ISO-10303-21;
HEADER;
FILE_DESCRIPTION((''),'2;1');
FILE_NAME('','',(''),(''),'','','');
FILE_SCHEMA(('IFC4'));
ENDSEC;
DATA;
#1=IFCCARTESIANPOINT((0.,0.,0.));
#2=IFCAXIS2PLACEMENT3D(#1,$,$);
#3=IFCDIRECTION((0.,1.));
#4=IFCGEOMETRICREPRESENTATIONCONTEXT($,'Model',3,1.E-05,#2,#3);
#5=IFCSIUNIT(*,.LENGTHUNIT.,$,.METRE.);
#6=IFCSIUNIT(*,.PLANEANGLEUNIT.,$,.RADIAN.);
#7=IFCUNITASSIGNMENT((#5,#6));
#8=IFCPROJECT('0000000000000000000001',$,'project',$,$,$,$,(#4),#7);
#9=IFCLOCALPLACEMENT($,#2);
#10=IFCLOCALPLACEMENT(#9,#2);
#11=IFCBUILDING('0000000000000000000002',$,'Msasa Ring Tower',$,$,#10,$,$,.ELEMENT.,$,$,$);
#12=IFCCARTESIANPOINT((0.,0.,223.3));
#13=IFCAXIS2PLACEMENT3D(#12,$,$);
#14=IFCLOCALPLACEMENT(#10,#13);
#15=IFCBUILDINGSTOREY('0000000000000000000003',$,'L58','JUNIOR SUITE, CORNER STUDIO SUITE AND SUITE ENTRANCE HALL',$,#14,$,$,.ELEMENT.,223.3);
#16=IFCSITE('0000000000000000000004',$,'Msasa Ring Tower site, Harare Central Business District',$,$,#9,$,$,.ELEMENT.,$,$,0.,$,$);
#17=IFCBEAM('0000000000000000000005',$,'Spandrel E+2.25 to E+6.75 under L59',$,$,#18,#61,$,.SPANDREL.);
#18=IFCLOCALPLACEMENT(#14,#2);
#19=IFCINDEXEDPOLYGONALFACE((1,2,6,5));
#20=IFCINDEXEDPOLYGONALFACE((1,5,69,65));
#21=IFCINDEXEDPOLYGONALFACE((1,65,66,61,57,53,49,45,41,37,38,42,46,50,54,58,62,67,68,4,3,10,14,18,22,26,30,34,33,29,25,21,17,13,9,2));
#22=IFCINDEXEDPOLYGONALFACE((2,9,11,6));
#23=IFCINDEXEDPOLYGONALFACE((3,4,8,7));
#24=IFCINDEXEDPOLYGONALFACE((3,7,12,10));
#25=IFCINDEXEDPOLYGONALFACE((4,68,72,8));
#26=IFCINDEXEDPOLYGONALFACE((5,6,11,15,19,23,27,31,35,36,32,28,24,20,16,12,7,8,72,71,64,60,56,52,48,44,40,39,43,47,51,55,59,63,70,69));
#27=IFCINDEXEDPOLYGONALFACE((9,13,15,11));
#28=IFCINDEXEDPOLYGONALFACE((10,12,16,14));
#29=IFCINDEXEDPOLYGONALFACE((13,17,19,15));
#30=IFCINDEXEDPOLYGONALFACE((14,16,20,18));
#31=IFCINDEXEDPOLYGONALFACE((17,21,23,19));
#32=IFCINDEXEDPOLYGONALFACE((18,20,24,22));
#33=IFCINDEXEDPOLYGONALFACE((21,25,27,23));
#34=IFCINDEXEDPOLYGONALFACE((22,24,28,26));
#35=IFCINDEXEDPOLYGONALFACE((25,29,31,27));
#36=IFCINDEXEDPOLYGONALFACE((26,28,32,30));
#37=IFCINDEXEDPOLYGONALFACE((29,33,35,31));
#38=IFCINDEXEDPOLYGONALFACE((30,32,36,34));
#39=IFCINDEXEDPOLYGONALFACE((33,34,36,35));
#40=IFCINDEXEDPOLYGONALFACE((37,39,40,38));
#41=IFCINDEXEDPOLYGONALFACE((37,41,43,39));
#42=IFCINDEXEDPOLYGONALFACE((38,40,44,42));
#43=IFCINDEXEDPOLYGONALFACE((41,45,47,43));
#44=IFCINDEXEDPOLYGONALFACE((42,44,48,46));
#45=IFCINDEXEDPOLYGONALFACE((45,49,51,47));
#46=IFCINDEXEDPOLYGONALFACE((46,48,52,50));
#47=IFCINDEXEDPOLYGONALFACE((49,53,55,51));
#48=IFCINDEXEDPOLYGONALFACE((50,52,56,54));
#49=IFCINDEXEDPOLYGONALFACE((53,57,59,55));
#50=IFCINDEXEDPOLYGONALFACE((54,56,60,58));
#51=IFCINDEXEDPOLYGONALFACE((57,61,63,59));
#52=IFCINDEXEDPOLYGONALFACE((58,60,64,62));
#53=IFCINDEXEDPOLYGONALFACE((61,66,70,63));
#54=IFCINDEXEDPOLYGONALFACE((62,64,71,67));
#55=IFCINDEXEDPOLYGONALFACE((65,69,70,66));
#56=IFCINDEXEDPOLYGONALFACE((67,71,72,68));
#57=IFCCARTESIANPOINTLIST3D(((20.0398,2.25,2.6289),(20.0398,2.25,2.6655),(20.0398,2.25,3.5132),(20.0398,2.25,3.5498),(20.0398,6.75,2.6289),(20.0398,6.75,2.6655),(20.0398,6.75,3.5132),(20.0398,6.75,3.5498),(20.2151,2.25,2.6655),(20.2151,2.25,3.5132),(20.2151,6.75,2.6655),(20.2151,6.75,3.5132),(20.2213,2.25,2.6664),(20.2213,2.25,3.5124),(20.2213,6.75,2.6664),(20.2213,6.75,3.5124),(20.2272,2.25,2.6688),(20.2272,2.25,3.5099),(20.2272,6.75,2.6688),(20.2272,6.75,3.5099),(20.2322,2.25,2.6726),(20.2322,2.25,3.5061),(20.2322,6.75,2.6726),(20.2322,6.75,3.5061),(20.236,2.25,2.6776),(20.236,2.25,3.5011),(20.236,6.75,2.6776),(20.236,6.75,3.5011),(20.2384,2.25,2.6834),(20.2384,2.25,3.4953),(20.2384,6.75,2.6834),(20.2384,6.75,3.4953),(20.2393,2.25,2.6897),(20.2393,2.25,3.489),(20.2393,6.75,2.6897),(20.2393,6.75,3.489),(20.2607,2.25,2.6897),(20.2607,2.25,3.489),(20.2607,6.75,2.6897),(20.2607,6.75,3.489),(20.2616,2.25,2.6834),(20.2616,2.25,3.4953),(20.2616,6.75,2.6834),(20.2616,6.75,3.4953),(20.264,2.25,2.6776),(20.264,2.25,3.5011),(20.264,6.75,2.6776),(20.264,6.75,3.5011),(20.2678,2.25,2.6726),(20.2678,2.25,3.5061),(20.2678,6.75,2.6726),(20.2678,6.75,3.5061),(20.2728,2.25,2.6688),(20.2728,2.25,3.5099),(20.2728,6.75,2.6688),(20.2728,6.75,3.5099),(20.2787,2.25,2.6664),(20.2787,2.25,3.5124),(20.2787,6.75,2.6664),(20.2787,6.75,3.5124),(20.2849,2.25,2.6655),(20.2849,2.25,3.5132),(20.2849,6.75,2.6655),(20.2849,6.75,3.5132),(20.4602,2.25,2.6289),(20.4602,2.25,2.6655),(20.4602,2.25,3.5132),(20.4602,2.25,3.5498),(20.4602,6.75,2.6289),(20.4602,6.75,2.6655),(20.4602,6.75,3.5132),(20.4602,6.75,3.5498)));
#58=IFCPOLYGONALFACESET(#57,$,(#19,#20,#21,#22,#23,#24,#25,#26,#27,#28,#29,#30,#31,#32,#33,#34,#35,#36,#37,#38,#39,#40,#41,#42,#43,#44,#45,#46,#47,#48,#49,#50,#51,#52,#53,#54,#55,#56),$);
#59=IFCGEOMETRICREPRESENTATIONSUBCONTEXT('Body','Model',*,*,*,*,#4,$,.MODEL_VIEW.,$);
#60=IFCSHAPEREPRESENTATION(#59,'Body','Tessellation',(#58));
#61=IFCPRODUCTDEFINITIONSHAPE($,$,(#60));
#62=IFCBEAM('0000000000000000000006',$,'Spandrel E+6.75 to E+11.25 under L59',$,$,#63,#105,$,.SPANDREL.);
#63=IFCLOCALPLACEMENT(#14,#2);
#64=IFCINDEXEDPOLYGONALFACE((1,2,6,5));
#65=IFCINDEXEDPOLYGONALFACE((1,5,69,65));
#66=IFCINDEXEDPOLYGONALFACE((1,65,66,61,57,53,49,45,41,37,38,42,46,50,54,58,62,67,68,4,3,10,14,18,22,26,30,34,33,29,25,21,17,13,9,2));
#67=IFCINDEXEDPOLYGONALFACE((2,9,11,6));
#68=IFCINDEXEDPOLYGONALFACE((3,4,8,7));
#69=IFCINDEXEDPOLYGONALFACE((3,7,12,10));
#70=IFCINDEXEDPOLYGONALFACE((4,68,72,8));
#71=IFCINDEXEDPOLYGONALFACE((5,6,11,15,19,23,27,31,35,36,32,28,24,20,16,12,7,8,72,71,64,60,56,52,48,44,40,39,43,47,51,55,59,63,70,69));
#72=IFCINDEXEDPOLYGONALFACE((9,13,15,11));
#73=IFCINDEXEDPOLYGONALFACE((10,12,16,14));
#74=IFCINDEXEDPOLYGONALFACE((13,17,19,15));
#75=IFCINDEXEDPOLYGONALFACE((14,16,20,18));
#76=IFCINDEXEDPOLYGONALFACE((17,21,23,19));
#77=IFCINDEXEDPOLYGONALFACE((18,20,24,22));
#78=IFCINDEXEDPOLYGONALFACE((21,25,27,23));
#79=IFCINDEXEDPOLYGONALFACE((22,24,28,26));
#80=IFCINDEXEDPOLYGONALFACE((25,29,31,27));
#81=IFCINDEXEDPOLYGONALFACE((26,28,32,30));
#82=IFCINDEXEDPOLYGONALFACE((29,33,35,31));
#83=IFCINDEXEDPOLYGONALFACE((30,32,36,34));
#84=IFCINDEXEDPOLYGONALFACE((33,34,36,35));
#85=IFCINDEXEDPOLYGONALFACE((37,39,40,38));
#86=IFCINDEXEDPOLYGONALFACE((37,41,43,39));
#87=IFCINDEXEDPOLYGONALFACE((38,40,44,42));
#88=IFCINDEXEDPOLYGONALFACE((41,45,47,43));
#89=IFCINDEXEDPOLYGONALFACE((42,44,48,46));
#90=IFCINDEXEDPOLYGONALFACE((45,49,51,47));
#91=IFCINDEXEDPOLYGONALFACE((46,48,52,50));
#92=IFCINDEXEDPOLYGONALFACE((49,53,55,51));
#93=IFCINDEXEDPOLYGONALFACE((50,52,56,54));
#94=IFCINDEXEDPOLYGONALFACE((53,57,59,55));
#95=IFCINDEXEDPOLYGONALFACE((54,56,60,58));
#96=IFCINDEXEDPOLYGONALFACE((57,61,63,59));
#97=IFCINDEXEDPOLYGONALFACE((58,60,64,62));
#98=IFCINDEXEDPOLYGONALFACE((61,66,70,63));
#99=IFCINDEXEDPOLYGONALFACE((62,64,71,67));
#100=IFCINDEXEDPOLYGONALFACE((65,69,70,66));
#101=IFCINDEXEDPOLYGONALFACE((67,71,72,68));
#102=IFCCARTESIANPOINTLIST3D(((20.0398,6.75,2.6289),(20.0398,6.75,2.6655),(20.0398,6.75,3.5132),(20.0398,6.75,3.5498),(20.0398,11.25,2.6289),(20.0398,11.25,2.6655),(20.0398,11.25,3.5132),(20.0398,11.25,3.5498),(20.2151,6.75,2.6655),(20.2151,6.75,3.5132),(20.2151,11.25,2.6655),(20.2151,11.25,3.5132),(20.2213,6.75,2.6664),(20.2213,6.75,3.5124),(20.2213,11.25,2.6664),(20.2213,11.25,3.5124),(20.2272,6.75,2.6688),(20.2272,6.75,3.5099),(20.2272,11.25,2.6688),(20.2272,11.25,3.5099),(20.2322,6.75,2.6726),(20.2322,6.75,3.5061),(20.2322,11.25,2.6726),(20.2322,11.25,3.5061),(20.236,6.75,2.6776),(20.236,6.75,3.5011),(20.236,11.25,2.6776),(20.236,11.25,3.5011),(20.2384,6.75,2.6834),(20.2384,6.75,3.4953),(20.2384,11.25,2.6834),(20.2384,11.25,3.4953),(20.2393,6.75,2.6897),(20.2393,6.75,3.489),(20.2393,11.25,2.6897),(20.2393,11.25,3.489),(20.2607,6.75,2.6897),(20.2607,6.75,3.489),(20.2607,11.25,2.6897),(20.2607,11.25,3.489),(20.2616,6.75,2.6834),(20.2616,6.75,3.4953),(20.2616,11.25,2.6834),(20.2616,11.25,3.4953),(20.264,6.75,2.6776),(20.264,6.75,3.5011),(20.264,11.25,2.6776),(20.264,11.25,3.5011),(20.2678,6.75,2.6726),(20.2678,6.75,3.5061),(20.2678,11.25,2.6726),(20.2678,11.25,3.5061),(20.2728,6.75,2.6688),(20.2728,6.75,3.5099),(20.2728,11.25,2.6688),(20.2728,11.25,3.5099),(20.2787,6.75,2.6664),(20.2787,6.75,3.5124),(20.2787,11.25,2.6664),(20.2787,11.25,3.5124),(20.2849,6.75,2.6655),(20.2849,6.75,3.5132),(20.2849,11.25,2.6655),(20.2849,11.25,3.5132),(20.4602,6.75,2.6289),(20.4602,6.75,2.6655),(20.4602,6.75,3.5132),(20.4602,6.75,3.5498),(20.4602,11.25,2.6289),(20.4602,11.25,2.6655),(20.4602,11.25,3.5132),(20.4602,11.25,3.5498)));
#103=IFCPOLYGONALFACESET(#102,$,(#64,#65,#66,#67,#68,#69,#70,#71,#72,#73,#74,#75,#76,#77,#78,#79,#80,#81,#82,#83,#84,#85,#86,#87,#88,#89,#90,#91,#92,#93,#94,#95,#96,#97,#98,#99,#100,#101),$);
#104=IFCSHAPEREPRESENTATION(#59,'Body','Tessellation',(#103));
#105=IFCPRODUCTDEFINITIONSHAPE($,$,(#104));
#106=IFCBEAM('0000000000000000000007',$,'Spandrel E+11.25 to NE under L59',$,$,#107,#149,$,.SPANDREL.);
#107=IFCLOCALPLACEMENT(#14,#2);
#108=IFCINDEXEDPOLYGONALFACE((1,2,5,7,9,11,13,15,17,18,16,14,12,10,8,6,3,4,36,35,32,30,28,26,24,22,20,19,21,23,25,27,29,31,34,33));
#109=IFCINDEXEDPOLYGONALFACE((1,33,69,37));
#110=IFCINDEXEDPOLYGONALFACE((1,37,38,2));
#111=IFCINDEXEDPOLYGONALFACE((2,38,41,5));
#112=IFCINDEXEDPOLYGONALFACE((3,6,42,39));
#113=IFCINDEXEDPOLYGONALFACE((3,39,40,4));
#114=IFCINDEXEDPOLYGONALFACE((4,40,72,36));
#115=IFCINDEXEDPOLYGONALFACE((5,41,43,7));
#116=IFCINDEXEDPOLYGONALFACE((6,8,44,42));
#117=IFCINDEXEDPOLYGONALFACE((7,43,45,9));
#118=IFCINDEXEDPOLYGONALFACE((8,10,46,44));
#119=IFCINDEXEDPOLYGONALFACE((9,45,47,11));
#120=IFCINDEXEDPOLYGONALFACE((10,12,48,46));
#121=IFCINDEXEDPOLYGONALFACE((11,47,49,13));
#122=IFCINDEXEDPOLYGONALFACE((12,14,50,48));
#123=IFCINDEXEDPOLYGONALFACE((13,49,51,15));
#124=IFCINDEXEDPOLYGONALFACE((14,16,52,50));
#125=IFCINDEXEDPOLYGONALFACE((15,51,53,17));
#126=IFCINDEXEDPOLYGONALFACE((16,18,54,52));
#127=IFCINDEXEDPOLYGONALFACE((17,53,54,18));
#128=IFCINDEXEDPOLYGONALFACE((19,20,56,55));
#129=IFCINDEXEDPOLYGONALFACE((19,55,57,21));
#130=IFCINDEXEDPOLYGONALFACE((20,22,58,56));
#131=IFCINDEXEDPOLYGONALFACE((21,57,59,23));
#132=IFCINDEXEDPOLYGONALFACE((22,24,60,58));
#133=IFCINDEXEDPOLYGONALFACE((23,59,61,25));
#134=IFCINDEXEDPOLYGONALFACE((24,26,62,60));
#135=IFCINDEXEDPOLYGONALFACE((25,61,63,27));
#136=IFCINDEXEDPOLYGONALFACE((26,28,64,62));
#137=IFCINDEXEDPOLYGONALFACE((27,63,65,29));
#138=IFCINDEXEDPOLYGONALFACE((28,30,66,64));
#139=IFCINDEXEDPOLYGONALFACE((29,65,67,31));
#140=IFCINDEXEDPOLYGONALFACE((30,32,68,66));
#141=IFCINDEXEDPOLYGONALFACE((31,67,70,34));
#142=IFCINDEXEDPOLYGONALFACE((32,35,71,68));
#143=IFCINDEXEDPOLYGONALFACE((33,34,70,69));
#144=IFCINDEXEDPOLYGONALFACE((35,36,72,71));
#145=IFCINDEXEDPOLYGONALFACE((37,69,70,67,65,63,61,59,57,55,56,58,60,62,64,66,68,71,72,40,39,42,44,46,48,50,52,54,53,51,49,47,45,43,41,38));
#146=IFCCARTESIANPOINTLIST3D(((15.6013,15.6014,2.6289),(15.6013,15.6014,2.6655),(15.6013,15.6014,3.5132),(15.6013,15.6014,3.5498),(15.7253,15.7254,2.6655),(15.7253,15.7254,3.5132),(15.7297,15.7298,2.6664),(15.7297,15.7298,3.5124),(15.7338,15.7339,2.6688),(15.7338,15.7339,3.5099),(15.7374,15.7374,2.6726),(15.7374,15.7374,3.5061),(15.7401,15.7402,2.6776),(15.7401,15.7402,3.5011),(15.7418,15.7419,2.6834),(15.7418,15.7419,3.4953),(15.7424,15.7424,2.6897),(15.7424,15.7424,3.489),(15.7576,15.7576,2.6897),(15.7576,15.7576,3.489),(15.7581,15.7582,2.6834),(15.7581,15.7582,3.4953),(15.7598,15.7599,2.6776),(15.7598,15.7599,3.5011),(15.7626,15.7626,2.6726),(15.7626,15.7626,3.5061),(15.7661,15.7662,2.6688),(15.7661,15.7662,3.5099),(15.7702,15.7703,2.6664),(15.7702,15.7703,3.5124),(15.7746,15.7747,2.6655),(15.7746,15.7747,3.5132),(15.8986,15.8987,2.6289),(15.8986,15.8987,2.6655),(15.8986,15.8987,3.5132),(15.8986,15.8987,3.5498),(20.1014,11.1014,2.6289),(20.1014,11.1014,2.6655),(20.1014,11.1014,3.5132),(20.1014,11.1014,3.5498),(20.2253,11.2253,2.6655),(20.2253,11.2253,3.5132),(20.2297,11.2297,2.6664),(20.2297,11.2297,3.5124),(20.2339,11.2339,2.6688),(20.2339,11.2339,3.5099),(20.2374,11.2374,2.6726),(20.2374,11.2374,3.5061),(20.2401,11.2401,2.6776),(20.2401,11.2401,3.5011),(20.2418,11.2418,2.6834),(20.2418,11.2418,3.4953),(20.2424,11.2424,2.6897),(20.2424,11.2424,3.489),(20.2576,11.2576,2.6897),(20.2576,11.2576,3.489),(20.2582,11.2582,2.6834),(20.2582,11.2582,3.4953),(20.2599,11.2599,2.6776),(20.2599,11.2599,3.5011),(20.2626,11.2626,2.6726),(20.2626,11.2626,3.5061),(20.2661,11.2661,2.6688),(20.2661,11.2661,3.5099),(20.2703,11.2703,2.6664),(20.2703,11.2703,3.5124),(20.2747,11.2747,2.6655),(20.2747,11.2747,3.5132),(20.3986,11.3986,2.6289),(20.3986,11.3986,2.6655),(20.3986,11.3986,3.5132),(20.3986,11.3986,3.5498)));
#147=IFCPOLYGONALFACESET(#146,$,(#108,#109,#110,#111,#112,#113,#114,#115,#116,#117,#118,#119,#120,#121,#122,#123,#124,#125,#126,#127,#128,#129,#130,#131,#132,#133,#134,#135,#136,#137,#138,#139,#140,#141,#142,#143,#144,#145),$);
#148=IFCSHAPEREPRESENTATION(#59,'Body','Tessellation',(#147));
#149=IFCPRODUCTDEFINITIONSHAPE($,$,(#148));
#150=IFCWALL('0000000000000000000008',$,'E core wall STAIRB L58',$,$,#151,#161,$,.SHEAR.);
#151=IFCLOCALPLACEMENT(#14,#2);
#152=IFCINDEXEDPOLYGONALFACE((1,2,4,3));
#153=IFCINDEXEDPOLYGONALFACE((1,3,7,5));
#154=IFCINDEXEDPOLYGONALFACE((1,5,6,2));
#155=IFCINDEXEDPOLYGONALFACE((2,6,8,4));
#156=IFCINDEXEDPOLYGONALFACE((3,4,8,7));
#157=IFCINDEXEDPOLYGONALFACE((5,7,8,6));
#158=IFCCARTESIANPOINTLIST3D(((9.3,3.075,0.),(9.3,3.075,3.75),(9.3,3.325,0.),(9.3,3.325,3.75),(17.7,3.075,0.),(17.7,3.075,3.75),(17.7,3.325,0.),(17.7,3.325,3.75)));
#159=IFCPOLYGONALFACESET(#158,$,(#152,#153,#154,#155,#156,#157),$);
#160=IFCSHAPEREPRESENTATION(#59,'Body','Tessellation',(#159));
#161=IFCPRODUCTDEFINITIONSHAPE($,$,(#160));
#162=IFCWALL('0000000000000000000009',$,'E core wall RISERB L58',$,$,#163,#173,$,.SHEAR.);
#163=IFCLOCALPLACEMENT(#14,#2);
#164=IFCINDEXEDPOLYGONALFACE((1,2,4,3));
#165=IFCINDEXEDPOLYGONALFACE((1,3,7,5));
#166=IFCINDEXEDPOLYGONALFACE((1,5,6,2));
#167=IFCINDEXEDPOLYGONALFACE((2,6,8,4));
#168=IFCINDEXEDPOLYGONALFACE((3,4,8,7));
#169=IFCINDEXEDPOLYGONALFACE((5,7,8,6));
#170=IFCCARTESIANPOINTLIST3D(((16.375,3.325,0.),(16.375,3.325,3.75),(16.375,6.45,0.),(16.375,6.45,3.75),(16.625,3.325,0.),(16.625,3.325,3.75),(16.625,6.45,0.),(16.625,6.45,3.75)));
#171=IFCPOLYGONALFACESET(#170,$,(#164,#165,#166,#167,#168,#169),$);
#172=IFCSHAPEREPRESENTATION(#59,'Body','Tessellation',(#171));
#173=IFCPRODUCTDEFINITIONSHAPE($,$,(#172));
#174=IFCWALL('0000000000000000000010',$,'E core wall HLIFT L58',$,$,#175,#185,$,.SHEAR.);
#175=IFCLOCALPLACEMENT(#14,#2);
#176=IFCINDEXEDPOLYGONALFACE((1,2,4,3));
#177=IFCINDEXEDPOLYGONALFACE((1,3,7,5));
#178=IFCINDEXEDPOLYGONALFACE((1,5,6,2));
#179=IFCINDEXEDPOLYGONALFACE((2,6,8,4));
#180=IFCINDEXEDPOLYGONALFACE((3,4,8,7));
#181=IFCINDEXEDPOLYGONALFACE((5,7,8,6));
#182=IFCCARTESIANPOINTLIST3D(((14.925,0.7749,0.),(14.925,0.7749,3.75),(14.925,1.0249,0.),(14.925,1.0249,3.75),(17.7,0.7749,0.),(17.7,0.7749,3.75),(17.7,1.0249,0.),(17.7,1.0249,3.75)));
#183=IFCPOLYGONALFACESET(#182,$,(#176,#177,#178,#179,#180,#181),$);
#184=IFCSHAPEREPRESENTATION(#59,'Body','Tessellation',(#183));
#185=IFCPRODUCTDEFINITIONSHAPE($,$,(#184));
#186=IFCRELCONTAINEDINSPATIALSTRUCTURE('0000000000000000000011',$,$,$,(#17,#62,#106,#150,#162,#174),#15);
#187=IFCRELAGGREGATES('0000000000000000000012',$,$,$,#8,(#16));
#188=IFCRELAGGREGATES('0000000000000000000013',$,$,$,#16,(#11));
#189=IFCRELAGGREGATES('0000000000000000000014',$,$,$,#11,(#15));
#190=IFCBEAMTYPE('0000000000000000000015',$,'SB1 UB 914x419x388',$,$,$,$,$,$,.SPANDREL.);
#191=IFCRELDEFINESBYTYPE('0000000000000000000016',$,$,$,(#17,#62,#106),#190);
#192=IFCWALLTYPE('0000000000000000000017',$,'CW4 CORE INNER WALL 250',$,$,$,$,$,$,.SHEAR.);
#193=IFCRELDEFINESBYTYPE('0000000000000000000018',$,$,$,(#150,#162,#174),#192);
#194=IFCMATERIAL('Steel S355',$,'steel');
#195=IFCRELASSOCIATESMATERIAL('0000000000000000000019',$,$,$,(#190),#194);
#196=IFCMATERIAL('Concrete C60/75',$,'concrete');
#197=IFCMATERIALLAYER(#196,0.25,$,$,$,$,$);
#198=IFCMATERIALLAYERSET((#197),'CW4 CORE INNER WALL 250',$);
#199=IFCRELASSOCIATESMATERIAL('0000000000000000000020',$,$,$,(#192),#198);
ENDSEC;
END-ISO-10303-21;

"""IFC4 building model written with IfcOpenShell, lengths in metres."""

from ifc_helpers import new_model, si_unit, direction, frame, frame_2d, origin, origin_2d, place, context, subcontext, project, spatial, rectangle, i_section, extrude, material, layer, layer_set, material_profile, profile_set, type_object, element, save


model = new_model("IFC4")

# Units and contexts
model_context = context("Model", 3, precision=1e-05, world=origin(), true_north=direction((0.0, 1.0)))
body_context = subcontext(model_context, "Body", "Model", "MODEL_VIEW")
ifc_project = project(units=[si_unit("LENGTHUNIT", "METRE"), si_unit("PLANEANGLEUNIT", "RADIAN")], contexts=[model_context])

# Site, building, storey
site_placement = place(None, origin())
site = spatial("IfcSite", under=ifc_project, at=site_placement, Name="Msasa Ring Tower site, Harare Central Business District", CompositionType="ELEMENT", RefElevation=0.0)
building_placement = place(site_placement, origin())
building = spatial("IfcBuilding", under=site, at=building_placement, Name="Msasa Ring Tower", CompositionType="ELEMENT")
storey_placement = place(building_placement, frame((0.0, 0.0, 223.3)))
storey = spatial("IfcBuildingStorey", under=building, at=storey_placement, Name="L58", Description="JUNIOR SUITE, CORNER STUDIO SUITE AND SUITE ENTRANCE HALL", CompositionType="ELEMENT", Elevation=223.3)

# Beams
ifc_material_1 = material(Name="Steel S355", Category="steel")
ifc_material_profile_1 = material_profile(ifc_material_1, i_section(OverallWidth=0.4204, OverallDepth=0.9209, WebThickness=0.0215, FlangeThickness=0.0366, FilletRadius=0.0242, at=origin_2d()), Name="UB 914x419x388")
ifc_profile_set_1 = profile_set([ifc_material_profile_1], Name="Steel S355")
beam_type_1 = type_object("IfcBeamType", Name="SB1 UB 914x419x388", PredefinedType="SPANDREL", material=ifc_profile_set_1)
for number, where, z_axis, x_axis, name in (
    (1, (20.25, 2.25, 3.0894), (0.0, 1.0, 0.0), (-1.0, 0.0, 0.0), "Spandrel E+2.25 to E+6.75 under L59"),
    (2, (20.25, 6.75, 3.0894), (0.0, 1.0, 0.0), (-1.0, 0.0, 0.0), "Spandrel E+6.75 to E+11.25 under L59"),
):
    element("IfcBeam", number, at=place(storey_placement, frame(where, z_axis=z_axis, x_axis=x_axis)), inside=storey, type_object=beam_type_1, Name=name, PredefinedType="SPANDREL", context=body_context, shape_type="SweptSolid", body=[
        extrude(i_section(OverallWidth=0.4204, OverallDepth=0.9209, WebThickness=0.0215, FlangeThickness=0.0366, FilletRadius=0.0242, at=origin_2d()), origin(), (0.0, 0.0, 1.0), 4.5),
    ])
beam_1_placement = place(storey_placement, frame((20.25, 11.25, 3.0894), z_axis=(-0.707107, 0.707107, 0.0), x_axis=(-0.707107, -0.707107, 0.0)))
element("IfcBeam", 3, at=beam_1_placement, inside=storey, type_object=beam_type_1, Name="Spandrel E+11.25 to NE under L59", PredefinedType="SPANDREL", context=body_context, shape_type="SweptSolid", body=[
    extrude(i_section(OverallWidth=0.4204, OverallDepth=0.9209, WebThickness=0.0215, FlangeThickness=0.0366, FilletRadius=0.0242, at=origin_2d()), origin(), (0.0, 0.0, 1.0), 6.364),
])

# Walls
ifc_material_2 = material(Name="Concrete C60/75", Category="concrete")
ifc_layer_1 = layer(ifc_material_2, 0.25)
ifc_layer_set_1 = layer_set([ifc_layer_1], Name="CW4 CORE INNER WALL 250")
wall_type_1 = type_object("IfcWallType", Name="CW4 CORE INNER WALL 250", PredefinedType="SHEAR", material=ifc_layer_set_1)
wall_1_placement = place(storey_placement, frame((9.3, 3.2, 0.0), z_axis=(0.0, 0.0, 1.0), x_axis=(1.0, 0.0, 0.0)))
element("IfcWall", 4, at=wall_1_placement, inside=storey, type_object=wall_type_1, Name="E core wall STAIRB L58", PredefinedType="SHEAR", context=body_context, shape_type="SweptSolid", body=[
    extrude(rectangle(XDim=8.3999, YDim=0.25, at=frame_2d((4.2, 0.0))), origin(), (0.0, 0.0, 1.0), 3.75),
])
wall_2_placement = place(storey_placement, frame((16.5, 3.325, 0.0), z_axis=(0.0, 0.0, 1.0), x_axis=(0.0, 1.0, 0.0)))
element("IfcWall", 5, at=wall_2_placement, inside=storey, type_object=wall_type_1, Name="E core wall RISERB L58", PredefinedType="SHEAR", context=body_context, shape_type="SweptSolid", body=[
    extrude(rectangle(XDim=3.125, YDim=0.25, at=frame_2d((1.5625, 0.0))), origin(), (0.0, 0.0, 1.0), 3.75),
])
wall_3_placement = place(storey_placement, frame((14.925, 0.8999, 0.0), z_axis=(0.0, 0.0, 1.0), x_axis=(1.0, 0.0, 0.0)))
element("IfcWall", 6, at=wall_3_placement, inside=storey, type_object=wall_type_1, Name="E core wall HLIFT L58", PredefinedType="SHEAR", context=body_context, shape_type="SweptSolid", body=[
    extrude(rectangle(XDim=2.7749, YDim=0.25, at=frame_2d((1.3875, 0.0))), origin(), (0.0, 0.0, 1.0), 3.75),
])

save(model, "model.ifc")
